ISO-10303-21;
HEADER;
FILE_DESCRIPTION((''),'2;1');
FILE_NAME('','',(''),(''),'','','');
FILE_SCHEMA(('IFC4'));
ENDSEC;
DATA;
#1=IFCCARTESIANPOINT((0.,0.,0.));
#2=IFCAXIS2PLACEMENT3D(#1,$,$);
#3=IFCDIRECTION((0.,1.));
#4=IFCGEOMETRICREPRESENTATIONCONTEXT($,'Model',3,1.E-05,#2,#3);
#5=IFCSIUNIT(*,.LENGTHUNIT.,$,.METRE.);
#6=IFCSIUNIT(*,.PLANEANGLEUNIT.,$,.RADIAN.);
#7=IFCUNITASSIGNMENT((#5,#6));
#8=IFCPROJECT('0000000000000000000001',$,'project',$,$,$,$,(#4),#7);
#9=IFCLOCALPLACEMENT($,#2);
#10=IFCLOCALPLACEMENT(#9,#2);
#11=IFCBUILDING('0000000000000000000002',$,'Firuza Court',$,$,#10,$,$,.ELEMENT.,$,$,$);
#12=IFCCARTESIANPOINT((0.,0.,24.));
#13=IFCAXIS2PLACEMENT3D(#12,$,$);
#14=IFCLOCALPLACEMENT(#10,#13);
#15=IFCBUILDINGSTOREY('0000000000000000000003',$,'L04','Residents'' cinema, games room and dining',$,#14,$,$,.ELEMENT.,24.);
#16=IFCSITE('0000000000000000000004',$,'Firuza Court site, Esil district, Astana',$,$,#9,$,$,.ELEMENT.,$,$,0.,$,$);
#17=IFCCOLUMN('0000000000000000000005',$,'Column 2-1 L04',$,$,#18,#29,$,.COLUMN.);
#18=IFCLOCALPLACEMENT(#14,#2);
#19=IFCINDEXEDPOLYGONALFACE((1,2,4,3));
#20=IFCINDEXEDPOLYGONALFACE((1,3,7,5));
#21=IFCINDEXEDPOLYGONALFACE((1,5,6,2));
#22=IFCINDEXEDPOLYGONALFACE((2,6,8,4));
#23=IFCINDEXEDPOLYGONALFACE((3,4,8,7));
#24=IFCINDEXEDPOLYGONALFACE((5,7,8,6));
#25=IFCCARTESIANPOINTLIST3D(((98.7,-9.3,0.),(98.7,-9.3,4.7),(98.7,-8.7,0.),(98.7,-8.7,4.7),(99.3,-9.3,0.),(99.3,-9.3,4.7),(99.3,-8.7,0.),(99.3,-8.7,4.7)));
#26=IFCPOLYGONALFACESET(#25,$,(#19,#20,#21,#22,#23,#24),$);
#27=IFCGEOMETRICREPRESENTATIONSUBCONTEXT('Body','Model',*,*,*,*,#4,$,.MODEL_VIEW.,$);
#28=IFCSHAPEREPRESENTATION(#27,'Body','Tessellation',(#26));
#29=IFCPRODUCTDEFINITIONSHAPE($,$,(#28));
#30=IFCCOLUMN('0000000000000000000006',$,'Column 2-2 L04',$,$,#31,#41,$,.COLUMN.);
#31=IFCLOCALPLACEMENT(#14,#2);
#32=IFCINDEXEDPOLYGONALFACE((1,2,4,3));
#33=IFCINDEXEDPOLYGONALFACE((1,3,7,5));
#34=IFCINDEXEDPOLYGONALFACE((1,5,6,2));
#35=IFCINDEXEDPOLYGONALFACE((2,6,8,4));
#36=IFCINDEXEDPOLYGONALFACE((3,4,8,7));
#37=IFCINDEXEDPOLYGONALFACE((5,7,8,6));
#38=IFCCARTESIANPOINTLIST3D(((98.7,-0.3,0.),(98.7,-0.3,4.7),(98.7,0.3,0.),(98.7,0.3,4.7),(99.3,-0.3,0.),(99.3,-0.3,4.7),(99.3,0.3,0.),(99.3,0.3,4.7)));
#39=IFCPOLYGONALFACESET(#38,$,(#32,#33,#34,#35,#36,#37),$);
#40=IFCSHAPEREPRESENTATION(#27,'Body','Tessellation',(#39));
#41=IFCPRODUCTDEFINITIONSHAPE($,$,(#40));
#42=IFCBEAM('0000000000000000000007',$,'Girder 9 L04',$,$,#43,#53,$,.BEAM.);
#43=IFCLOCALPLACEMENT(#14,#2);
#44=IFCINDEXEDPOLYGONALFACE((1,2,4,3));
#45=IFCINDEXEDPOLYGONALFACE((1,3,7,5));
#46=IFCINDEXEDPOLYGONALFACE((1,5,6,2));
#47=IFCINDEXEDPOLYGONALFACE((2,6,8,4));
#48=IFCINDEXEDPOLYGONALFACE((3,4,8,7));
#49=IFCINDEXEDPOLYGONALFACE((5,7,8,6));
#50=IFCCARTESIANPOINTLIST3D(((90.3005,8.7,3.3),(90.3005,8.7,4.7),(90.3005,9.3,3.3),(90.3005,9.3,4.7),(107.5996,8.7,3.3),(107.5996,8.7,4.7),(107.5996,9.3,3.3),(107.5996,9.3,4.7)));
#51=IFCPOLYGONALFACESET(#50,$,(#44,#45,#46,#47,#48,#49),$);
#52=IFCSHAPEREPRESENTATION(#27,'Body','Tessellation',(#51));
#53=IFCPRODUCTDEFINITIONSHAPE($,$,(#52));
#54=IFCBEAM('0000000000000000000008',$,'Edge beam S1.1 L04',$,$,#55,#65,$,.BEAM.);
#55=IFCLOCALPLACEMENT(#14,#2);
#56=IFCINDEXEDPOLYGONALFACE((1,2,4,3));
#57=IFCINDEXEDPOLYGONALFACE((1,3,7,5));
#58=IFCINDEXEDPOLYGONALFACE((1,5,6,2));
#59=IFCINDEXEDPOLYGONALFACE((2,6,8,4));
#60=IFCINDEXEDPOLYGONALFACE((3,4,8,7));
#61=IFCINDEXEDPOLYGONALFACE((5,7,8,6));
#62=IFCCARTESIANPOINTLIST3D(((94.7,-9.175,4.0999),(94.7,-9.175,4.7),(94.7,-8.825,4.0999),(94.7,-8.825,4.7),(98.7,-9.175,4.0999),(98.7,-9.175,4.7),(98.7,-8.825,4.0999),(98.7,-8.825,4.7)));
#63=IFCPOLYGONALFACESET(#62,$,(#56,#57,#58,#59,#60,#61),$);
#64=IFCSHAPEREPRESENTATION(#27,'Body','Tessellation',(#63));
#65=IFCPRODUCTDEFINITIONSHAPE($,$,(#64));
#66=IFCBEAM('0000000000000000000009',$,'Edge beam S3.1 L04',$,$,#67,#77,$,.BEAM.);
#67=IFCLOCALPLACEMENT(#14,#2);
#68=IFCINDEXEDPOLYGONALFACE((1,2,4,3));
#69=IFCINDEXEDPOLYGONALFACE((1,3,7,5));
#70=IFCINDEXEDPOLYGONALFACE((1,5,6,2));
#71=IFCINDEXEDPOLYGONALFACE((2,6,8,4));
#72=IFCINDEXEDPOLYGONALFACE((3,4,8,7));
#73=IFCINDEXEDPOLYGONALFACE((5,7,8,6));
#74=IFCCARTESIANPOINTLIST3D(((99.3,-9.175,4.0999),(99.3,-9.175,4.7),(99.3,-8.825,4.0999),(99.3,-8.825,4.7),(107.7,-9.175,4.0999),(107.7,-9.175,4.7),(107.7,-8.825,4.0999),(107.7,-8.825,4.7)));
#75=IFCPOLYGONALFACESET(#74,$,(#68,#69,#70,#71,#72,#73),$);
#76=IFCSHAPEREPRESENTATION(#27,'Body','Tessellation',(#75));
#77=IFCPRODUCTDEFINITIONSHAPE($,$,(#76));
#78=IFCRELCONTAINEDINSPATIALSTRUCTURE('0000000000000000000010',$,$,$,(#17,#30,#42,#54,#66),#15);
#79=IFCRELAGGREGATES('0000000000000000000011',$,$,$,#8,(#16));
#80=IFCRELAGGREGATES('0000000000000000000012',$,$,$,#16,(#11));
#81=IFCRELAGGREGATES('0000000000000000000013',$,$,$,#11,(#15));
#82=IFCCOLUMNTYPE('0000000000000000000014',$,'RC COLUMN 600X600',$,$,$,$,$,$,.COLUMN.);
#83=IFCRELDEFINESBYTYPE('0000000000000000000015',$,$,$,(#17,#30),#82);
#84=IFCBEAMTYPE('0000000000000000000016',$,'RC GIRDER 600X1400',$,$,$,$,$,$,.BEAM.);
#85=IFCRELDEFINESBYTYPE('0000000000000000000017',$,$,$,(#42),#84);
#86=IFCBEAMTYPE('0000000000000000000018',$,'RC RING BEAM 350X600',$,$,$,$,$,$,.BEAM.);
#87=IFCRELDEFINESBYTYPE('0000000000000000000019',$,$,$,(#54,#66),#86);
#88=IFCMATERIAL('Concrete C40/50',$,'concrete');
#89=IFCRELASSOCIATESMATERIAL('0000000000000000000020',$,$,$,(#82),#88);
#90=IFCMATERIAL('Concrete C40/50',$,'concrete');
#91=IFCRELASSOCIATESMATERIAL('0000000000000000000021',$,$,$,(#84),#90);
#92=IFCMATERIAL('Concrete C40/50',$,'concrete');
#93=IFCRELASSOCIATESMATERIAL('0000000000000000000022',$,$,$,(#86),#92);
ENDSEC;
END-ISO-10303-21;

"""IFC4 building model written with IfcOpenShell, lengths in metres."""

from ifc_helpers import new_model, si_unit, direction, frame, origin, origin_2d, place, context, subcontext, project, spatial, rectangle, extrude, material, material_profile, profile_set, type_object, element, save


model = new_model("IFC4")

# Units and contexts
model_context = context("Model", 3, precision=1e-05, world=origin(), true_north=direction((0.0, 1.0)))
body_context = subcontext(model_context, "Body", "Model", "MODEL_VIEW")
ifc_project = project(units=[si_unit("LENGTHUNIT", "METRE"), si_unit("PLANEANGLEUNIT", "RADIAN")], contexts=[model_context])

# Site, building, storey
site_placement = place(None, origin())
site = spatial("IfcSite", under=ifc_project, at=site_placement, Name="Firuza Court site, Esil district, Astana", CompositionType="ELEMENT", RefElevation=0.0)
building_placement = place(site_placement, origin())
building = spatial("IfcBuilding", under=site, at=building_placement, Name="Firuza Court", CompositionType="ELEMENT")
storey_placement = place(building_placement, frame((0.0, 0.0, 24.0)))
storey = spatial("IfcBuildingStorey", under=building, at=storey_placement, Name="L04", Description="Residents' cinema, games room and dining", CompositionType="ELEMENT", Elevation=24.0)

# Columns
ifc_material_1 = material(Name="Concrete C40/50", Category="concrete")
ifc_material_profile_1 = material_profile(ifc_material_1, rectangle(XDim=0.6001, YDim=0.6001, at=origin_2d()), Name="RC 600X600")
ifc_profile_set_1 = profile_set([ifc_material_profile_1], Name="Concrete C40/50")
column_type = type_object("IfcColumnType", Name="RC COLUMN 600X600", PredefinedType="COLUMN", material=ifc_profile_set_1)
for number, where, z_axis, x_axis, name in (
    (1, (99.0, -9.0, 0.0), (0.0, 0.0, 1.0), (1.0, 0.0, 0.0), "Column 2-1 L04"),
    (2, (99.0, 0.0, 0.0), (0.0, 0.0, 1.0), (1.0, 0.0, 0.0), "Column 2-2 L04"),
):
    element("IfcColumn", number, at=place(storey_placement, frame(where, z_axis=z_axis, x_axis=x_axis)), inside=storey, type_object=column_type, Name=name, PredefinedType="COLUMN", context=body_context, shape_type="SweptSolid", body=[
        extrude(rectangle(XDim=0.6001, YDim=0.6001, at=origin_2d()), origin(), (0.0, 0.0, 1.0), 4.7),
    ])

# Beams
ifc_material_2 = material(Name="Concrete C40/50", Category="concrete")
ifc_material_profile_2 = material_profile(ifc_material_2, rectangle(XDim=0.6001, YDim=1.3999, at=origin_2d()), Name="RC 600X1400")
ifc_profile_set_2 = profile_set([ifc_material_profile_2], Name="Concrete C40/50")
beam_type_1 = type_object("IfcBeamType", Name="RC GIRDER 600X1400", PredefinedType="BEAM", material=ifc_profile_set_2)
beam_1_placement = place(storey_placement, frame((90.3005, 9.0, 4.0), z_axis=(1.0, 0.0, 0.0), x_axis=(0.0, 1.0, 0.0)))
element("IfcBeam", 3, at=beam_1_placement, inside=storey, type_object=beam_type_1, Name="Girder 9 L04", PredefinedType="BEAM", context=body_context, shape_type="SweptSolid", body=[
    extrude(rectangle(XDim=0.6001, YDim=1.3999, at=origin_2d()), origin(), (0.0, 0.0, 1.0), 17.2991),
])
ifc_material_3 = material(Name="Concrete C40/50", Category="concrete")
ifc_material_profile_3 = material_profile(ifc_material_3, rectangle(XDim=0.3501, YDim=0.6001, at=origin_2d()), Name="RC 350X600")
ifc_profile_set_3 = profile_set([ifc_material_profile_3], Name="Concrete C40/50")
beam_type_2 = type_object("IfcBeamType", Name="RC RING BEAM 350X600", PredefinedType="BEAM", material=ifc_profile_set_3)
beam_2_placement = place(storey_placement, frame((94.7, -9.0, 4.3999), z_axis=(1.0, 0.0, 0.0), x_axis=(0.0, 1.0, 0.0)))
element("IfcBeam", 4, at=beam_2_placement, inside=storey, type_object=beam_type_2, Name="Edge beam S1.1 L04", PredefinedType="BEAM", context=body_context, shape_type="SweptSolid", body=[
    extrude(rectangle(XDim=0.3501, YDim=0.6001, at=origin_2d()), origin(), (0.0, 0.0, 1.0), 4.0),
])
beam_3_placement = place(storey_placement, frame((99.3, -9.0, 4.3999), z_axis=(1.0, 0.0, 0.0), x_axis=(0.0, 1.0, 0.0)))
element("IfcBeam", 5, at=beam_3_placement, inside=storey, type_object=beam_type_2, Name="Edge beam S3.1 L04", PredefinedType="BEAM", context=body_context, shape_type="SweptSolid", body=[
    extrude(rectangle(XDim=0.3501, YDim=0.6001, at=origin_2d()), origin(), (0.0, 0.0, 1.0), 8.3999),
])

save(model, "model.ifc")
